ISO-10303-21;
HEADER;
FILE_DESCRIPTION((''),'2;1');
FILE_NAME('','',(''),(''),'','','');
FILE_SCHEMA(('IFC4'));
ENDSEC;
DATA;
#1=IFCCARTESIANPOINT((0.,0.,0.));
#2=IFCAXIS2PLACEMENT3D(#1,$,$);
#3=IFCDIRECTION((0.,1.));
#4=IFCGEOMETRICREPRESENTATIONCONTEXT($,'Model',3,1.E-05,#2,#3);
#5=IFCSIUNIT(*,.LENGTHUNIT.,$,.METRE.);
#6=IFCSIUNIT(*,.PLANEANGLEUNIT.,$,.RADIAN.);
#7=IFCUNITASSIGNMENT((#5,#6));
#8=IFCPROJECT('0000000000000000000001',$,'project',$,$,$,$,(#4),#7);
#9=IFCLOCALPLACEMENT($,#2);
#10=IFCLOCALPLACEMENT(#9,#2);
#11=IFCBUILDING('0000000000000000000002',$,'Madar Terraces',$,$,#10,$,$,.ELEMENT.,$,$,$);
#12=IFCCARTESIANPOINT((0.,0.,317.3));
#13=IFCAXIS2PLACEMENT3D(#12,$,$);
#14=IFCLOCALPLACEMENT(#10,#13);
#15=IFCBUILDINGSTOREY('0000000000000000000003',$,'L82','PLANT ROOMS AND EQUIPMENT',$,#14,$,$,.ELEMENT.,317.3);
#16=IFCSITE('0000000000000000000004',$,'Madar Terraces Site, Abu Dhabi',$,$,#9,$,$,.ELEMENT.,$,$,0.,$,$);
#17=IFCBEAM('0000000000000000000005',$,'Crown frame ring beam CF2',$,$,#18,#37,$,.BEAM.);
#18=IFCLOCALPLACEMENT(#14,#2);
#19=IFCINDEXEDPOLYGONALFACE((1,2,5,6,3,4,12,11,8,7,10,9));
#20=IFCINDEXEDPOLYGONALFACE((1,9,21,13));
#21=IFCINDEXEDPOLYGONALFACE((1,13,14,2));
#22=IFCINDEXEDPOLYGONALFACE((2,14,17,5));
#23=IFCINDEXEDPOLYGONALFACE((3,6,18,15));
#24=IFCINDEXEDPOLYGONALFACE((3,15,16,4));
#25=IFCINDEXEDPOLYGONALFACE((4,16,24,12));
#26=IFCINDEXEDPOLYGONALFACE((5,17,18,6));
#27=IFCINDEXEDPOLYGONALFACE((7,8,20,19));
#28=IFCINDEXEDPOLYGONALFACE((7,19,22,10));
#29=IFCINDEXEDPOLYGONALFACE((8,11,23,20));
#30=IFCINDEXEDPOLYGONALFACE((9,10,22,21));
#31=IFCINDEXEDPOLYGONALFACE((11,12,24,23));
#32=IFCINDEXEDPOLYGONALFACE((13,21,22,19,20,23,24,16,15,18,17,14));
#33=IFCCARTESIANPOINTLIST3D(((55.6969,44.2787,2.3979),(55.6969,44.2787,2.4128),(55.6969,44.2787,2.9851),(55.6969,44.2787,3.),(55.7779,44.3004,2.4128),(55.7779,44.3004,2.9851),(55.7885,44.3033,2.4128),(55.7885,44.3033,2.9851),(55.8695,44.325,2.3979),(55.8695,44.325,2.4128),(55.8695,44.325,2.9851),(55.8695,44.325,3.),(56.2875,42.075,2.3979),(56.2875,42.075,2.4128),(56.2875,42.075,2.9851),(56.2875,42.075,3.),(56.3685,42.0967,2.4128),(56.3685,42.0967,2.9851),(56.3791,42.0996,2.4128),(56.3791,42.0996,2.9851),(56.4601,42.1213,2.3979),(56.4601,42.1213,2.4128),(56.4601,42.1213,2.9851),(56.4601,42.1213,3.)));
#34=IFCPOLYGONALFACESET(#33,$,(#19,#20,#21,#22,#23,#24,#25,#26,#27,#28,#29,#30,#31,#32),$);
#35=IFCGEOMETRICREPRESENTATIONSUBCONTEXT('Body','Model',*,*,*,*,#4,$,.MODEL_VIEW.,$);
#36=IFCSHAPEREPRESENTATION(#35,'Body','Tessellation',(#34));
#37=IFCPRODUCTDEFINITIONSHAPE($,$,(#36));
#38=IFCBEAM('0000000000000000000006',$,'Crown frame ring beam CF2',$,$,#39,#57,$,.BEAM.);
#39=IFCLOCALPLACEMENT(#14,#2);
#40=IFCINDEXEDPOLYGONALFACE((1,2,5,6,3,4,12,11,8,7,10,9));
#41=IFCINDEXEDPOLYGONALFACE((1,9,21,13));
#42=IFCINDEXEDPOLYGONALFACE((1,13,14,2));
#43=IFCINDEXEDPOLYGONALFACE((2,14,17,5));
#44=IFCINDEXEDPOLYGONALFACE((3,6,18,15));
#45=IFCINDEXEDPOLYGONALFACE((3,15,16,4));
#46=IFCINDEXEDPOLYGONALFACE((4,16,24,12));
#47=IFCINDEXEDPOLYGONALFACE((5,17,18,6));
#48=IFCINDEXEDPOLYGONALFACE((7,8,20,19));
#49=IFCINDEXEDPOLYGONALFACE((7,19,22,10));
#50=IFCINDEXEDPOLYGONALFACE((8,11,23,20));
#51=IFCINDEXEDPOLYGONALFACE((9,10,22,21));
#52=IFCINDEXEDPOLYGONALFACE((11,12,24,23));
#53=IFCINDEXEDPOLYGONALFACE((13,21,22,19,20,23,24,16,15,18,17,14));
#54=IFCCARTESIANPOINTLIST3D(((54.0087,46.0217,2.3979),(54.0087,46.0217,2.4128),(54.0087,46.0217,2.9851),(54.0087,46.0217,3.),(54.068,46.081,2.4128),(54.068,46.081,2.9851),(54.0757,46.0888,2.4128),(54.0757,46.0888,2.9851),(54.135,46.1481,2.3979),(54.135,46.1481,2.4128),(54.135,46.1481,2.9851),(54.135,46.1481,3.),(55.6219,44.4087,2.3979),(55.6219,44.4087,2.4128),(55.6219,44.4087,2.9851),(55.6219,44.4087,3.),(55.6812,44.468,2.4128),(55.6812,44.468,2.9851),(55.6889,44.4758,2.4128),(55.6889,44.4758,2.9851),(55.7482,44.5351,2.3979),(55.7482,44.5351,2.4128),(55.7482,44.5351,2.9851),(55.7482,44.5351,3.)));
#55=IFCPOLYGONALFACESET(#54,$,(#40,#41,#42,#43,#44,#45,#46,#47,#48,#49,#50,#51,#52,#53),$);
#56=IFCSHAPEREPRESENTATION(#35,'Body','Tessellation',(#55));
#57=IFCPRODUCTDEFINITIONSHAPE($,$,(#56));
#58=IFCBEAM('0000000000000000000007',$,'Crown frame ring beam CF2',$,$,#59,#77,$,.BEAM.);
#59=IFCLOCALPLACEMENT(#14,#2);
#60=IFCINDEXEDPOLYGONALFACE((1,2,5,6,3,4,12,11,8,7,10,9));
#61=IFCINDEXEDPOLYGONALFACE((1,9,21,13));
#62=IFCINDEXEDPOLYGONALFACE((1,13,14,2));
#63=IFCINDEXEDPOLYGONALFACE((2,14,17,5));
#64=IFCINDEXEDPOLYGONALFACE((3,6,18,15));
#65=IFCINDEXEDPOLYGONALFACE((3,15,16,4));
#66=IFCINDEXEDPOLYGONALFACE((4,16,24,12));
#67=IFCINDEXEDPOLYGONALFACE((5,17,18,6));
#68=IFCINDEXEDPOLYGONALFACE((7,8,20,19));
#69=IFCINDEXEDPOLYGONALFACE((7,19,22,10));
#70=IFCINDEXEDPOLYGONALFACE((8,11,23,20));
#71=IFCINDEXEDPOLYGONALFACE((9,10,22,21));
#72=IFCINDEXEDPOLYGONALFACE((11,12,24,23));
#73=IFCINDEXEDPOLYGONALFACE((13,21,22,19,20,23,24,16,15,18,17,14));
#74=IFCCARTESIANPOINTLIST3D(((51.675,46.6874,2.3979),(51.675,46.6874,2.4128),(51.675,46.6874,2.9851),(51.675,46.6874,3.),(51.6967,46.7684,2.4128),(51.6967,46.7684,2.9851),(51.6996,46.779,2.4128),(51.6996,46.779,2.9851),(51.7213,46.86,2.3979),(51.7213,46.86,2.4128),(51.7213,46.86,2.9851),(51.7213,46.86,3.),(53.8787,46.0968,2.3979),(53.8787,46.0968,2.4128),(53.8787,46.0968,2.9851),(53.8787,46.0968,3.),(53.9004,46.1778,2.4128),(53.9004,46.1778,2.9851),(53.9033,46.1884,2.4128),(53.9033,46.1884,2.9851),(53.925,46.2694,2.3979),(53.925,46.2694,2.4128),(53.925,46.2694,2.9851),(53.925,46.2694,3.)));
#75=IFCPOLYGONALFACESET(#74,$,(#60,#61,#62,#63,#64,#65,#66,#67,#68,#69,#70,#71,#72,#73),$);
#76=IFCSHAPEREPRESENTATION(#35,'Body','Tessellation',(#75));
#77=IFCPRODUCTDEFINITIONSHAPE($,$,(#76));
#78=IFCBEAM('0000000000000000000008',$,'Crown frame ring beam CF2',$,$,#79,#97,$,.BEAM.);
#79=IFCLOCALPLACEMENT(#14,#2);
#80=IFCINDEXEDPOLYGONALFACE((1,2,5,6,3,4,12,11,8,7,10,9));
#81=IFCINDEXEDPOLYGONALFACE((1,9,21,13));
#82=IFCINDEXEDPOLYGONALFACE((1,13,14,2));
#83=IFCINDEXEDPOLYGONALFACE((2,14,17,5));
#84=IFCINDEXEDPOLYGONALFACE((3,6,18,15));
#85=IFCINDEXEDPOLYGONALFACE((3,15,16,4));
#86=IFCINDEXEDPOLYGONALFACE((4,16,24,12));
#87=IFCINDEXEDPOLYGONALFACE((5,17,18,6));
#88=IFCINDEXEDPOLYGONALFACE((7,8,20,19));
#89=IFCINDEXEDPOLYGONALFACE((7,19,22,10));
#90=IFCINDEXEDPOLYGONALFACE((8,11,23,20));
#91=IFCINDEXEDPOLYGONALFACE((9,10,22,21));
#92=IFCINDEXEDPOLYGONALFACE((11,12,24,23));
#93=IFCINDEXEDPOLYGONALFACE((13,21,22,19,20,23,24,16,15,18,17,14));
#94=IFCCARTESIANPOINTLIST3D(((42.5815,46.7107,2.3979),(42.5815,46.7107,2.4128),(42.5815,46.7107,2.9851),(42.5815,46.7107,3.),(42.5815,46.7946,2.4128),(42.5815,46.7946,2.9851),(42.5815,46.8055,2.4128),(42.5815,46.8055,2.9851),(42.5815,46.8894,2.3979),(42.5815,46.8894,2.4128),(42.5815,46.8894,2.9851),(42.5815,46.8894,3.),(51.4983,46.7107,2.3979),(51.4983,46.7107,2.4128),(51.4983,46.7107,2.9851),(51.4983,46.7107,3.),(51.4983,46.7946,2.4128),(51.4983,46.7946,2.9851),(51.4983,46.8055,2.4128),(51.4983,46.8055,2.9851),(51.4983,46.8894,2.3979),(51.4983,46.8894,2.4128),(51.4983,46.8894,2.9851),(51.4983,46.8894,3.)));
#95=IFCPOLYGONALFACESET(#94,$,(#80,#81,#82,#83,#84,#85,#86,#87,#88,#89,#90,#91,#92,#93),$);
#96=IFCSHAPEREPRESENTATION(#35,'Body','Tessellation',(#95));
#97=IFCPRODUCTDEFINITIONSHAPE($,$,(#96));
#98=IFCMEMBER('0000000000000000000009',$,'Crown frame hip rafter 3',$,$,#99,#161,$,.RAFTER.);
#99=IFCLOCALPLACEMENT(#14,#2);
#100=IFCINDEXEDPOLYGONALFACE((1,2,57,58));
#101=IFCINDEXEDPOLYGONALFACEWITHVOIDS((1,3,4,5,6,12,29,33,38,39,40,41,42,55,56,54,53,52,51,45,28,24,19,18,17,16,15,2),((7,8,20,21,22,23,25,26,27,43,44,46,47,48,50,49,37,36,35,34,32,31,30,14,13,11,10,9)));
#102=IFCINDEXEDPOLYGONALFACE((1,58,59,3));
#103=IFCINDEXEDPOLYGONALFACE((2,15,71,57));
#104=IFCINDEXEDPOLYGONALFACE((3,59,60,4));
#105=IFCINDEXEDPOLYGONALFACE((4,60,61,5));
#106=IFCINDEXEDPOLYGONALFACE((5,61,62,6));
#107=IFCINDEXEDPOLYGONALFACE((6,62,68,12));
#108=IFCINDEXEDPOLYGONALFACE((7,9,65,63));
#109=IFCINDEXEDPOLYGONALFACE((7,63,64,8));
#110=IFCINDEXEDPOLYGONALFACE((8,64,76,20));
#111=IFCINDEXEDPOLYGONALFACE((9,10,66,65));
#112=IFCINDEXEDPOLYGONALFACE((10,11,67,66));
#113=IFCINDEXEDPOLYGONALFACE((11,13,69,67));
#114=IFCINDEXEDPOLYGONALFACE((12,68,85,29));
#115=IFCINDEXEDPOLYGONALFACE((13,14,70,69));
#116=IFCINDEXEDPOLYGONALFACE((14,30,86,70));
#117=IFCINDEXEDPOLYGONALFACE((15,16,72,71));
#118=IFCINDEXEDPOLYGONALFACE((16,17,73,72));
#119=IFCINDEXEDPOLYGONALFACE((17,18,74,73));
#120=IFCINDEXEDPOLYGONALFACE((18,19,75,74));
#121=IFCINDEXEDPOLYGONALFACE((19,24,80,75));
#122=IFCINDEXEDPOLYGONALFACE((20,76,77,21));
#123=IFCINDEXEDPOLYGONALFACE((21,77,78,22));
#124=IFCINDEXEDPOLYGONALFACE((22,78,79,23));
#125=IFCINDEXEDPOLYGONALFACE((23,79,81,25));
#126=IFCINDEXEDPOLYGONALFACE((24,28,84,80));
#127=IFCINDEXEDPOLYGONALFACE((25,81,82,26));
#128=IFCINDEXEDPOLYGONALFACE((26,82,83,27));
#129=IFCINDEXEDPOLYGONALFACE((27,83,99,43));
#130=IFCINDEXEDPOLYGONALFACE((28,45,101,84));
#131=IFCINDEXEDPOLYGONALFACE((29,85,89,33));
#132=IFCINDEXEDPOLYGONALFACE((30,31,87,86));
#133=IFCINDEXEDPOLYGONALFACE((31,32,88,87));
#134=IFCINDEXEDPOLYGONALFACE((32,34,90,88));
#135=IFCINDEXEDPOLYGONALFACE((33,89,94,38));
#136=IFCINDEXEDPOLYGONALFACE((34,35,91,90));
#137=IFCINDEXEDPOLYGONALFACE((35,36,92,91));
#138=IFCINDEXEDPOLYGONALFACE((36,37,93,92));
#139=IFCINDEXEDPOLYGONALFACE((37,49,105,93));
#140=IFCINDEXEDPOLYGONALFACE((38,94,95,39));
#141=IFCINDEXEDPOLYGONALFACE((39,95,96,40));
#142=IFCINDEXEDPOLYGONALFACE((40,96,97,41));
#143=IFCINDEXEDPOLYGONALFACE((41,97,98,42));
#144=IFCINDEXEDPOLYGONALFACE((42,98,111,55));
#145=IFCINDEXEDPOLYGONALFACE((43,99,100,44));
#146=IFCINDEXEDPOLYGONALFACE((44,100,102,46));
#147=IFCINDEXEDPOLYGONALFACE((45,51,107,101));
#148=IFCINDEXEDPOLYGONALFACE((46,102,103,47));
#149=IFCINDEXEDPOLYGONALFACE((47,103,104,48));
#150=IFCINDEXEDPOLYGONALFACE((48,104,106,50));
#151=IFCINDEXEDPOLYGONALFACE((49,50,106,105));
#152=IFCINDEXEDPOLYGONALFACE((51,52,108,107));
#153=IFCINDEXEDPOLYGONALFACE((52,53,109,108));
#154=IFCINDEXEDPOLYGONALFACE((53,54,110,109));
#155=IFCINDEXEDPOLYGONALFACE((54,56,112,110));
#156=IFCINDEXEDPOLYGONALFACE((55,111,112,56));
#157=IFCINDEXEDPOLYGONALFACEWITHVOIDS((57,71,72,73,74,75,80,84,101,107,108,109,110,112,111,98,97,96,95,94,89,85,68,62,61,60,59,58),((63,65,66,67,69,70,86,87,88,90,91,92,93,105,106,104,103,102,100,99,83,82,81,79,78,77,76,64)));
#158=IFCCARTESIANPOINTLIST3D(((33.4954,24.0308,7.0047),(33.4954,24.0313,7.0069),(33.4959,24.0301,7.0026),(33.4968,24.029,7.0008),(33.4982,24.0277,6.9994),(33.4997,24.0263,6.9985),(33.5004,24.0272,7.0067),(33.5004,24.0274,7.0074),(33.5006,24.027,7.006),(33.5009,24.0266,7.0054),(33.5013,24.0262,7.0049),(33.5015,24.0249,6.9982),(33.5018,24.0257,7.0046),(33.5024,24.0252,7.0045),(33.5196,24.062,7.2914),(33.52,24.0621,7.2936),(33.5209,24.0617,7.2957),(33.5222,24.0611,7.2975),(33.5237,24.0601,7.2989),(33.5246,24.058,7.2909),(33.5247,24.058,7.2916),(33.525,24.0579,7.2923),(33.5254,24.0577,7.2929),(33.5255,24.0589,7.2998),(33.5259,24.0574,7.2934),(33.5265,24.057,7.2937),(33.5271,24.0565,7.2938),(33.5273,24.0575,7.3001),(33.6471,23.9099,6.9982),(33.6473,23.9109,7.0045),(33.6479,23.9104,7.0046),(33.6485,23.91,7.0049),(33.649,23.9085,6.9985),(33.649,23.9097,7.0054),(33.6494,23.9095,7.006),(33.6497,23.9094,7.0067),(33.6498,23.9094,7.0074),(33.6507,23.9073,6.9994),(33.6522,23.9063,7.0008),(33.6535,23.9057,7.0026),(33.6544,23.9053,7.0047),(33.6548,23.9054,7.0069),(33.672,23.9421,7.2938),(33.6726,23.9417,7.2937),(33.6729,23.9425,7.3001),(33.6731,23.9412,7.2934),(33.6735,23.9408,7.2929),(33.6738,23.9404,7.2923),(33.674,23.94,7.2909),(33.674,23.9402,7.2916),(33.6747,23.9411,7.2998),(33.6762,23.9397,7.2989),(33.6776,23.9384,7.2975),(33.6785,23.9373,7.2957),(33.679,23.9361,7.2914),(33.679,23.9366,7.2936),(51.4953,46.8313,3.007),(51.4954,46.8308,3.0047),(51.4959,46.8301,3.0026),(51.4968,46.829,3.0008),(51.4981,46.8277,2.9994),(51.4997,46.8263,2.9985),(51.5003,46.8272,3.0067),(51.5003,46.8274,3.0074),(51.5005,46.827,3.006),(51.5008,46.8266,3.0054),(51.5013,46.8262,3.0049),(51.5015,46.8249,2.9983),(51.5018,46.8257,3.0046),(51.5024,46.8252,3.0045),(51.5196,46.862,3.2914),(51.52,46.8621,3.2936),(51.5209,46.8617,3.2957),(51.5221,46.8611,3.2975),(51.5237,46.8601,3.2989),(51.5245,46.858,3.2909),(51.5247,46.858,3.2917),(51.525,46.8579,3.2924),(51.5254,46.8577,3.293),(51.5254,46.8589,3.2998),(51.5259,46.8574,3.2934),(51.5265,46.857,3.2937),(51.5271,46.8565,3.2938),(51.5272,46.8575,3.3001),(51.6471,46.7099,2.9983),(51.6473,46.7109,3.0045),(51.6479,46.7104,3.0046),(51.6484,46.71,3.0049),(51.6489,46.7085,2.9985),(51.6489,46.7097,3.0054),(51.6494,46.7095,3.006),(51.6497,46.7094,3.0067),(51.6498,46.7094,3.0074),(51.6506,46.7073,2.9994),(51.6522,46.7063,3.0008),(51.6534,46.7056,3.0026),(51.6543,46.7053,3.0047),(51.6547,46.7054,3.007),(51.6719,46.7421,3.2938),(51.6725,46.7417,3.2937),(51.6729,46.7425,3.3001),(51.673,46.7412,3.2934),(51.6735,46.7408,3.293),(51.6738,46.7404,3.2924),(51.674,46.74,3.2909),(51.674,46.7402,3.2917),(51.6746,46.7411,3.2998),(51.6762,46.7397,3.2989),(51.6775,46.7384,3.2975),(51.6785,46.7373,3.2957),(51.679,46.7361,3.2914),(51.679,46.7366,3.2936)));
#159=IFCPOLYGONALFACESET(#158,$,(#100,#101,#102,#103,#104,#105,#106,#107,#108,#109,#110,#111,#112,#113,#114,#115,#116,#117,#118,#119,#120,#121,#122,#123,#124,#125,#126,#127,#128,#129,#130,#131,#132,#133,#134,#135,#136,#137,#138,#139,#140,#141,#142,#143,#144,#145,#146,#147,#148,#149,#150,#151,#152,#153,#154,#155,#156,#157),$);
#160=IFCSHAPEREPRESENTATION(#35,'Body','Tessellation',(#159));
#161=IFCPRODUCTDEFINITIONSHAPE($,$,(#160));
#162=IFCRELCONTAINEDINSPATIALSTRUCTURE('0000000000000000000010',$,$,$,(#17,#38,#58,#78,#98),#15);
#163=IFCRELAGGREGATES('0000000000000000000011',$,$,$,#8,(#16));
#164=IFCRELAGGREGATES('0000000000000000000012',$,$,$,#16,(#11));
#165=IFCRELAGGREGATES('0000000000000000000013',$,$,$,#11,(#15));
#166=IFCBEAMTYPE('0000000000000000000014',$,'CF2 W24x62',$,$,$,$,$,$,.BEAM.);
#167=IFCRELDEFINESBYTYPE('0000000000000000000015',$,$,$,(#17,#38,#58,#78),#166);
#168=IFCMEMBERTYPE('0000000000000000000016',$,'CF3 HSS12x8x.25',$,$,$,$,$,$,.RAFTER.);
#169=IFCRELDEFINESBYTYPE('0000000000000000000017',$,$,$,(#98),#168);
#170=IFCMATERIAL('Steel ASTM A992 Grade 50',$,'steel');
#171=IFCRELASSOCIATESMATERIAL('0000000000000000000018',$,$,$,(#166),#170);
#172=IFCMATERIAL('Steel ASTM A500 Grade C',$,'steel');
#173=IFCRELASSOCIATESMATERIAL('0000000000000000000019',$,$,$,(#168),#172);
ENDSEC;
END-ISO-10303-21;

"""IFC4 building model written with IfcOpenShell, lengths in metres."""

from ifc_helpers import new_model, si_unit, direction, frame, origin, origin_2d, place, context, subcontext, project, spatial, hollow_rectangle, i_section, extrude, material, material_profile, profile_set, type_object, element, save


model = new_model("IFC4")

# Units and contexts
model_context = context("Model", 3, precision=1e-05, world=origin(), true_north=direction((0.0, 1.0)))
body_context = subcontext(model_context, "Body", "Model", "MODEL_VIEW")
ifc_project = project(units=[si_unit("LENGTHUNIT", "METRE"), si_unit("PLANEANGLEUNIT", "RADIAN")], contexts=[model_context])

# Site, building, storey
site_placement = place(None, origin())
site = spatial("IfcSite", under=ifc_project, at=site_placement, Name="Madar Terraces Site, Abu Dhabi", CompositionType="ELEMENT", RefElevation=0.0)
building_placement = place(site_placement, origin())
building = spatial("IfcBuilding", under=site, at=building_placement, Name="Madar Terraces", CompositionType="ELEMENT")
storey_placement = place(building_placement, frame((0.0, 0.0, 317.3)))
storey = spatial("IfcBuildingStorey", under=building, at=storey_placement, Name="L82", Description="PLANT ROOMS AND EQUIPMENT", CompositionType="ELEMENT", Elevation=317.3)

# Beams
ifc_material_1 = material(Name="Steel ASTM A992 Grade 50", Category="steel")
ifc_material_profile_1 = material_profile(ifc_material_1, i_section(OverallWidth=0.1787, OverallDepth=0.6021, WebThickness=0.011, FlangeThickness=0.0149, at=origin_2d()), Name="W24x62")
ifc_profile_set_1 = profile_set([ifc_material_profile_1], Name="Steel ASTM A992 Grade 50")
beam_type = type_object("IfcBeamType", Name="CF2 W24x62", PredefinedType="BEAM", material=ifc_profile_set_1)
beam_1_placement = place(storey_placement, frame((56.3738, 42.0981, 2.699), z_axis=(-0.258868, 0.965913, 0.0), x_axis=(-0.965913, -0.258868, 0.0)))
element("IfcBeam", 1, at=beam_1_placement, inside=storey, type_object=beam_type, Name="Crown frame ring beam CF2", PredefinedType="BEAM", context=body_context, shape_type="SweptSolid", body=[
    extrude(i_section(OverallWidth=0.1787, OverallDepth=0.6021, WebThickness=0.011, FlangeThickness=0.0149, at=origin_2d()), origin(), (0.0, 0.0, 1.0), 2.2815),
])
beam_2_placement = place(storey_placement, frame((55.6851, 44.4719, 2.699), z_axis=(-0.70716, 0.707053, 0.0), x_axis=(-0.707053, -0.70716, 0.0)))
element("IfcBeam", 2, at=beam_2_placement, inside=storey, type_object=beam_type, Name="Crown frame ring beam CF2", PredefinedType="BEAM", context=body_context, shape_type="SweptSolid", body=[
    extrude(i_section(OverallWidth=0.1787, OverallDepth=0.6021, WebThickness=0.011, FlangeThickness=0.0149, at=origin_2d()), origin(), (0.0, 0.0, 1.0), 2.2812),
])
beam_3_placement = place(storey_placement, frame((53.9019, 46.1831, 2.699), z_axis=(-0.965913, 0.258868, 0.0), x_axis=(-0.258868, -0.965913, 0.0)))
element("IfcBeam", 3, at=beam_3_placement, inside=storey, type_object=beam_type, Name="Crown frame ring beam CF2", PredefinedType="BEAM", context=body_context, shape_type="SweptSolid", body=[
    extrude(i_section(OverallWidth=0.1787, OverallDepth=0.6021, WebThickness=0.011, FlangeThickness=0.0149, at=origin_2d()), origin(), (0.0, 0.0, 1.0), 2.2815),
])
beam_4_placement = place(storey_placement, frame((51.4983, 46.8, 2.699), z_axis=(-1.0, 0.0, 0.0), x_axis=(0.0, -1.0, 0.0)))
element("IfcBeam", 4, at=beam_4_placement, inside=storey, type_object=beam_type, Name="Crown frame ring beam CF2", PredefinedType="BEAM", context=body_context, shape_type="SweptSolid", body=[
    extrude(i_section(OverallWidth=0.1787, OverallDepth=0.6021, WebThickness=0.011, FlangeThickness=0.0149, at=origin_2d()), origin(), (0.0, 0.0, 1.0), 8.9167),
])

# Member
ifc_material_2 = material(Name="Steel ASTM A500 Grade C", Category="steel")
ifc_material_profile_2 = material_profile(ifc_material_2, hollow_rectangle(XDim=0.2031, YDim=0.3047, WallThickness=0.0063, InnerFilletRadius=0.0029, OuterFilletRadius=0.0088, at=origin_2d()), Name="HSS12x8x.25")
ifc_profile_set_2 = profile_set([ifc_material_profile_2], Name="Steel ASTM A500 Grade C")
member_type_1 = type_object("IfcMemberType", Name="CF3 HSS12x8x.25", PredefinedType="RAFTER", material=ifc_profile_set_2)
member_1_placement = place(storey_placement, frame((51.5872, 46.7837, 3.1492), z_axis=(-0.613851, -0.777547, 0.136411), x_axis=(0.784883, -0.619643, 0.0)))
element("IfcMember", 5, at=member_1_placement, inside=storey, type_object=member_type_1, Name="Crown frame hip rafter 3", PredefinedType="RAFTER", context=body_context, shape_type="SweptSolid", body=[
    extrude(hollow_rectangle(XDim=0.2031, YDim=0.3047, WallThickness=0.0063, InnerFilletRadius=0.0029, OuterFilletRadius=0.0088, at=origin_2d()), origin(), (0.0, 0.0, 1.0), 29.323),
])

save(model, "model.ifc")
